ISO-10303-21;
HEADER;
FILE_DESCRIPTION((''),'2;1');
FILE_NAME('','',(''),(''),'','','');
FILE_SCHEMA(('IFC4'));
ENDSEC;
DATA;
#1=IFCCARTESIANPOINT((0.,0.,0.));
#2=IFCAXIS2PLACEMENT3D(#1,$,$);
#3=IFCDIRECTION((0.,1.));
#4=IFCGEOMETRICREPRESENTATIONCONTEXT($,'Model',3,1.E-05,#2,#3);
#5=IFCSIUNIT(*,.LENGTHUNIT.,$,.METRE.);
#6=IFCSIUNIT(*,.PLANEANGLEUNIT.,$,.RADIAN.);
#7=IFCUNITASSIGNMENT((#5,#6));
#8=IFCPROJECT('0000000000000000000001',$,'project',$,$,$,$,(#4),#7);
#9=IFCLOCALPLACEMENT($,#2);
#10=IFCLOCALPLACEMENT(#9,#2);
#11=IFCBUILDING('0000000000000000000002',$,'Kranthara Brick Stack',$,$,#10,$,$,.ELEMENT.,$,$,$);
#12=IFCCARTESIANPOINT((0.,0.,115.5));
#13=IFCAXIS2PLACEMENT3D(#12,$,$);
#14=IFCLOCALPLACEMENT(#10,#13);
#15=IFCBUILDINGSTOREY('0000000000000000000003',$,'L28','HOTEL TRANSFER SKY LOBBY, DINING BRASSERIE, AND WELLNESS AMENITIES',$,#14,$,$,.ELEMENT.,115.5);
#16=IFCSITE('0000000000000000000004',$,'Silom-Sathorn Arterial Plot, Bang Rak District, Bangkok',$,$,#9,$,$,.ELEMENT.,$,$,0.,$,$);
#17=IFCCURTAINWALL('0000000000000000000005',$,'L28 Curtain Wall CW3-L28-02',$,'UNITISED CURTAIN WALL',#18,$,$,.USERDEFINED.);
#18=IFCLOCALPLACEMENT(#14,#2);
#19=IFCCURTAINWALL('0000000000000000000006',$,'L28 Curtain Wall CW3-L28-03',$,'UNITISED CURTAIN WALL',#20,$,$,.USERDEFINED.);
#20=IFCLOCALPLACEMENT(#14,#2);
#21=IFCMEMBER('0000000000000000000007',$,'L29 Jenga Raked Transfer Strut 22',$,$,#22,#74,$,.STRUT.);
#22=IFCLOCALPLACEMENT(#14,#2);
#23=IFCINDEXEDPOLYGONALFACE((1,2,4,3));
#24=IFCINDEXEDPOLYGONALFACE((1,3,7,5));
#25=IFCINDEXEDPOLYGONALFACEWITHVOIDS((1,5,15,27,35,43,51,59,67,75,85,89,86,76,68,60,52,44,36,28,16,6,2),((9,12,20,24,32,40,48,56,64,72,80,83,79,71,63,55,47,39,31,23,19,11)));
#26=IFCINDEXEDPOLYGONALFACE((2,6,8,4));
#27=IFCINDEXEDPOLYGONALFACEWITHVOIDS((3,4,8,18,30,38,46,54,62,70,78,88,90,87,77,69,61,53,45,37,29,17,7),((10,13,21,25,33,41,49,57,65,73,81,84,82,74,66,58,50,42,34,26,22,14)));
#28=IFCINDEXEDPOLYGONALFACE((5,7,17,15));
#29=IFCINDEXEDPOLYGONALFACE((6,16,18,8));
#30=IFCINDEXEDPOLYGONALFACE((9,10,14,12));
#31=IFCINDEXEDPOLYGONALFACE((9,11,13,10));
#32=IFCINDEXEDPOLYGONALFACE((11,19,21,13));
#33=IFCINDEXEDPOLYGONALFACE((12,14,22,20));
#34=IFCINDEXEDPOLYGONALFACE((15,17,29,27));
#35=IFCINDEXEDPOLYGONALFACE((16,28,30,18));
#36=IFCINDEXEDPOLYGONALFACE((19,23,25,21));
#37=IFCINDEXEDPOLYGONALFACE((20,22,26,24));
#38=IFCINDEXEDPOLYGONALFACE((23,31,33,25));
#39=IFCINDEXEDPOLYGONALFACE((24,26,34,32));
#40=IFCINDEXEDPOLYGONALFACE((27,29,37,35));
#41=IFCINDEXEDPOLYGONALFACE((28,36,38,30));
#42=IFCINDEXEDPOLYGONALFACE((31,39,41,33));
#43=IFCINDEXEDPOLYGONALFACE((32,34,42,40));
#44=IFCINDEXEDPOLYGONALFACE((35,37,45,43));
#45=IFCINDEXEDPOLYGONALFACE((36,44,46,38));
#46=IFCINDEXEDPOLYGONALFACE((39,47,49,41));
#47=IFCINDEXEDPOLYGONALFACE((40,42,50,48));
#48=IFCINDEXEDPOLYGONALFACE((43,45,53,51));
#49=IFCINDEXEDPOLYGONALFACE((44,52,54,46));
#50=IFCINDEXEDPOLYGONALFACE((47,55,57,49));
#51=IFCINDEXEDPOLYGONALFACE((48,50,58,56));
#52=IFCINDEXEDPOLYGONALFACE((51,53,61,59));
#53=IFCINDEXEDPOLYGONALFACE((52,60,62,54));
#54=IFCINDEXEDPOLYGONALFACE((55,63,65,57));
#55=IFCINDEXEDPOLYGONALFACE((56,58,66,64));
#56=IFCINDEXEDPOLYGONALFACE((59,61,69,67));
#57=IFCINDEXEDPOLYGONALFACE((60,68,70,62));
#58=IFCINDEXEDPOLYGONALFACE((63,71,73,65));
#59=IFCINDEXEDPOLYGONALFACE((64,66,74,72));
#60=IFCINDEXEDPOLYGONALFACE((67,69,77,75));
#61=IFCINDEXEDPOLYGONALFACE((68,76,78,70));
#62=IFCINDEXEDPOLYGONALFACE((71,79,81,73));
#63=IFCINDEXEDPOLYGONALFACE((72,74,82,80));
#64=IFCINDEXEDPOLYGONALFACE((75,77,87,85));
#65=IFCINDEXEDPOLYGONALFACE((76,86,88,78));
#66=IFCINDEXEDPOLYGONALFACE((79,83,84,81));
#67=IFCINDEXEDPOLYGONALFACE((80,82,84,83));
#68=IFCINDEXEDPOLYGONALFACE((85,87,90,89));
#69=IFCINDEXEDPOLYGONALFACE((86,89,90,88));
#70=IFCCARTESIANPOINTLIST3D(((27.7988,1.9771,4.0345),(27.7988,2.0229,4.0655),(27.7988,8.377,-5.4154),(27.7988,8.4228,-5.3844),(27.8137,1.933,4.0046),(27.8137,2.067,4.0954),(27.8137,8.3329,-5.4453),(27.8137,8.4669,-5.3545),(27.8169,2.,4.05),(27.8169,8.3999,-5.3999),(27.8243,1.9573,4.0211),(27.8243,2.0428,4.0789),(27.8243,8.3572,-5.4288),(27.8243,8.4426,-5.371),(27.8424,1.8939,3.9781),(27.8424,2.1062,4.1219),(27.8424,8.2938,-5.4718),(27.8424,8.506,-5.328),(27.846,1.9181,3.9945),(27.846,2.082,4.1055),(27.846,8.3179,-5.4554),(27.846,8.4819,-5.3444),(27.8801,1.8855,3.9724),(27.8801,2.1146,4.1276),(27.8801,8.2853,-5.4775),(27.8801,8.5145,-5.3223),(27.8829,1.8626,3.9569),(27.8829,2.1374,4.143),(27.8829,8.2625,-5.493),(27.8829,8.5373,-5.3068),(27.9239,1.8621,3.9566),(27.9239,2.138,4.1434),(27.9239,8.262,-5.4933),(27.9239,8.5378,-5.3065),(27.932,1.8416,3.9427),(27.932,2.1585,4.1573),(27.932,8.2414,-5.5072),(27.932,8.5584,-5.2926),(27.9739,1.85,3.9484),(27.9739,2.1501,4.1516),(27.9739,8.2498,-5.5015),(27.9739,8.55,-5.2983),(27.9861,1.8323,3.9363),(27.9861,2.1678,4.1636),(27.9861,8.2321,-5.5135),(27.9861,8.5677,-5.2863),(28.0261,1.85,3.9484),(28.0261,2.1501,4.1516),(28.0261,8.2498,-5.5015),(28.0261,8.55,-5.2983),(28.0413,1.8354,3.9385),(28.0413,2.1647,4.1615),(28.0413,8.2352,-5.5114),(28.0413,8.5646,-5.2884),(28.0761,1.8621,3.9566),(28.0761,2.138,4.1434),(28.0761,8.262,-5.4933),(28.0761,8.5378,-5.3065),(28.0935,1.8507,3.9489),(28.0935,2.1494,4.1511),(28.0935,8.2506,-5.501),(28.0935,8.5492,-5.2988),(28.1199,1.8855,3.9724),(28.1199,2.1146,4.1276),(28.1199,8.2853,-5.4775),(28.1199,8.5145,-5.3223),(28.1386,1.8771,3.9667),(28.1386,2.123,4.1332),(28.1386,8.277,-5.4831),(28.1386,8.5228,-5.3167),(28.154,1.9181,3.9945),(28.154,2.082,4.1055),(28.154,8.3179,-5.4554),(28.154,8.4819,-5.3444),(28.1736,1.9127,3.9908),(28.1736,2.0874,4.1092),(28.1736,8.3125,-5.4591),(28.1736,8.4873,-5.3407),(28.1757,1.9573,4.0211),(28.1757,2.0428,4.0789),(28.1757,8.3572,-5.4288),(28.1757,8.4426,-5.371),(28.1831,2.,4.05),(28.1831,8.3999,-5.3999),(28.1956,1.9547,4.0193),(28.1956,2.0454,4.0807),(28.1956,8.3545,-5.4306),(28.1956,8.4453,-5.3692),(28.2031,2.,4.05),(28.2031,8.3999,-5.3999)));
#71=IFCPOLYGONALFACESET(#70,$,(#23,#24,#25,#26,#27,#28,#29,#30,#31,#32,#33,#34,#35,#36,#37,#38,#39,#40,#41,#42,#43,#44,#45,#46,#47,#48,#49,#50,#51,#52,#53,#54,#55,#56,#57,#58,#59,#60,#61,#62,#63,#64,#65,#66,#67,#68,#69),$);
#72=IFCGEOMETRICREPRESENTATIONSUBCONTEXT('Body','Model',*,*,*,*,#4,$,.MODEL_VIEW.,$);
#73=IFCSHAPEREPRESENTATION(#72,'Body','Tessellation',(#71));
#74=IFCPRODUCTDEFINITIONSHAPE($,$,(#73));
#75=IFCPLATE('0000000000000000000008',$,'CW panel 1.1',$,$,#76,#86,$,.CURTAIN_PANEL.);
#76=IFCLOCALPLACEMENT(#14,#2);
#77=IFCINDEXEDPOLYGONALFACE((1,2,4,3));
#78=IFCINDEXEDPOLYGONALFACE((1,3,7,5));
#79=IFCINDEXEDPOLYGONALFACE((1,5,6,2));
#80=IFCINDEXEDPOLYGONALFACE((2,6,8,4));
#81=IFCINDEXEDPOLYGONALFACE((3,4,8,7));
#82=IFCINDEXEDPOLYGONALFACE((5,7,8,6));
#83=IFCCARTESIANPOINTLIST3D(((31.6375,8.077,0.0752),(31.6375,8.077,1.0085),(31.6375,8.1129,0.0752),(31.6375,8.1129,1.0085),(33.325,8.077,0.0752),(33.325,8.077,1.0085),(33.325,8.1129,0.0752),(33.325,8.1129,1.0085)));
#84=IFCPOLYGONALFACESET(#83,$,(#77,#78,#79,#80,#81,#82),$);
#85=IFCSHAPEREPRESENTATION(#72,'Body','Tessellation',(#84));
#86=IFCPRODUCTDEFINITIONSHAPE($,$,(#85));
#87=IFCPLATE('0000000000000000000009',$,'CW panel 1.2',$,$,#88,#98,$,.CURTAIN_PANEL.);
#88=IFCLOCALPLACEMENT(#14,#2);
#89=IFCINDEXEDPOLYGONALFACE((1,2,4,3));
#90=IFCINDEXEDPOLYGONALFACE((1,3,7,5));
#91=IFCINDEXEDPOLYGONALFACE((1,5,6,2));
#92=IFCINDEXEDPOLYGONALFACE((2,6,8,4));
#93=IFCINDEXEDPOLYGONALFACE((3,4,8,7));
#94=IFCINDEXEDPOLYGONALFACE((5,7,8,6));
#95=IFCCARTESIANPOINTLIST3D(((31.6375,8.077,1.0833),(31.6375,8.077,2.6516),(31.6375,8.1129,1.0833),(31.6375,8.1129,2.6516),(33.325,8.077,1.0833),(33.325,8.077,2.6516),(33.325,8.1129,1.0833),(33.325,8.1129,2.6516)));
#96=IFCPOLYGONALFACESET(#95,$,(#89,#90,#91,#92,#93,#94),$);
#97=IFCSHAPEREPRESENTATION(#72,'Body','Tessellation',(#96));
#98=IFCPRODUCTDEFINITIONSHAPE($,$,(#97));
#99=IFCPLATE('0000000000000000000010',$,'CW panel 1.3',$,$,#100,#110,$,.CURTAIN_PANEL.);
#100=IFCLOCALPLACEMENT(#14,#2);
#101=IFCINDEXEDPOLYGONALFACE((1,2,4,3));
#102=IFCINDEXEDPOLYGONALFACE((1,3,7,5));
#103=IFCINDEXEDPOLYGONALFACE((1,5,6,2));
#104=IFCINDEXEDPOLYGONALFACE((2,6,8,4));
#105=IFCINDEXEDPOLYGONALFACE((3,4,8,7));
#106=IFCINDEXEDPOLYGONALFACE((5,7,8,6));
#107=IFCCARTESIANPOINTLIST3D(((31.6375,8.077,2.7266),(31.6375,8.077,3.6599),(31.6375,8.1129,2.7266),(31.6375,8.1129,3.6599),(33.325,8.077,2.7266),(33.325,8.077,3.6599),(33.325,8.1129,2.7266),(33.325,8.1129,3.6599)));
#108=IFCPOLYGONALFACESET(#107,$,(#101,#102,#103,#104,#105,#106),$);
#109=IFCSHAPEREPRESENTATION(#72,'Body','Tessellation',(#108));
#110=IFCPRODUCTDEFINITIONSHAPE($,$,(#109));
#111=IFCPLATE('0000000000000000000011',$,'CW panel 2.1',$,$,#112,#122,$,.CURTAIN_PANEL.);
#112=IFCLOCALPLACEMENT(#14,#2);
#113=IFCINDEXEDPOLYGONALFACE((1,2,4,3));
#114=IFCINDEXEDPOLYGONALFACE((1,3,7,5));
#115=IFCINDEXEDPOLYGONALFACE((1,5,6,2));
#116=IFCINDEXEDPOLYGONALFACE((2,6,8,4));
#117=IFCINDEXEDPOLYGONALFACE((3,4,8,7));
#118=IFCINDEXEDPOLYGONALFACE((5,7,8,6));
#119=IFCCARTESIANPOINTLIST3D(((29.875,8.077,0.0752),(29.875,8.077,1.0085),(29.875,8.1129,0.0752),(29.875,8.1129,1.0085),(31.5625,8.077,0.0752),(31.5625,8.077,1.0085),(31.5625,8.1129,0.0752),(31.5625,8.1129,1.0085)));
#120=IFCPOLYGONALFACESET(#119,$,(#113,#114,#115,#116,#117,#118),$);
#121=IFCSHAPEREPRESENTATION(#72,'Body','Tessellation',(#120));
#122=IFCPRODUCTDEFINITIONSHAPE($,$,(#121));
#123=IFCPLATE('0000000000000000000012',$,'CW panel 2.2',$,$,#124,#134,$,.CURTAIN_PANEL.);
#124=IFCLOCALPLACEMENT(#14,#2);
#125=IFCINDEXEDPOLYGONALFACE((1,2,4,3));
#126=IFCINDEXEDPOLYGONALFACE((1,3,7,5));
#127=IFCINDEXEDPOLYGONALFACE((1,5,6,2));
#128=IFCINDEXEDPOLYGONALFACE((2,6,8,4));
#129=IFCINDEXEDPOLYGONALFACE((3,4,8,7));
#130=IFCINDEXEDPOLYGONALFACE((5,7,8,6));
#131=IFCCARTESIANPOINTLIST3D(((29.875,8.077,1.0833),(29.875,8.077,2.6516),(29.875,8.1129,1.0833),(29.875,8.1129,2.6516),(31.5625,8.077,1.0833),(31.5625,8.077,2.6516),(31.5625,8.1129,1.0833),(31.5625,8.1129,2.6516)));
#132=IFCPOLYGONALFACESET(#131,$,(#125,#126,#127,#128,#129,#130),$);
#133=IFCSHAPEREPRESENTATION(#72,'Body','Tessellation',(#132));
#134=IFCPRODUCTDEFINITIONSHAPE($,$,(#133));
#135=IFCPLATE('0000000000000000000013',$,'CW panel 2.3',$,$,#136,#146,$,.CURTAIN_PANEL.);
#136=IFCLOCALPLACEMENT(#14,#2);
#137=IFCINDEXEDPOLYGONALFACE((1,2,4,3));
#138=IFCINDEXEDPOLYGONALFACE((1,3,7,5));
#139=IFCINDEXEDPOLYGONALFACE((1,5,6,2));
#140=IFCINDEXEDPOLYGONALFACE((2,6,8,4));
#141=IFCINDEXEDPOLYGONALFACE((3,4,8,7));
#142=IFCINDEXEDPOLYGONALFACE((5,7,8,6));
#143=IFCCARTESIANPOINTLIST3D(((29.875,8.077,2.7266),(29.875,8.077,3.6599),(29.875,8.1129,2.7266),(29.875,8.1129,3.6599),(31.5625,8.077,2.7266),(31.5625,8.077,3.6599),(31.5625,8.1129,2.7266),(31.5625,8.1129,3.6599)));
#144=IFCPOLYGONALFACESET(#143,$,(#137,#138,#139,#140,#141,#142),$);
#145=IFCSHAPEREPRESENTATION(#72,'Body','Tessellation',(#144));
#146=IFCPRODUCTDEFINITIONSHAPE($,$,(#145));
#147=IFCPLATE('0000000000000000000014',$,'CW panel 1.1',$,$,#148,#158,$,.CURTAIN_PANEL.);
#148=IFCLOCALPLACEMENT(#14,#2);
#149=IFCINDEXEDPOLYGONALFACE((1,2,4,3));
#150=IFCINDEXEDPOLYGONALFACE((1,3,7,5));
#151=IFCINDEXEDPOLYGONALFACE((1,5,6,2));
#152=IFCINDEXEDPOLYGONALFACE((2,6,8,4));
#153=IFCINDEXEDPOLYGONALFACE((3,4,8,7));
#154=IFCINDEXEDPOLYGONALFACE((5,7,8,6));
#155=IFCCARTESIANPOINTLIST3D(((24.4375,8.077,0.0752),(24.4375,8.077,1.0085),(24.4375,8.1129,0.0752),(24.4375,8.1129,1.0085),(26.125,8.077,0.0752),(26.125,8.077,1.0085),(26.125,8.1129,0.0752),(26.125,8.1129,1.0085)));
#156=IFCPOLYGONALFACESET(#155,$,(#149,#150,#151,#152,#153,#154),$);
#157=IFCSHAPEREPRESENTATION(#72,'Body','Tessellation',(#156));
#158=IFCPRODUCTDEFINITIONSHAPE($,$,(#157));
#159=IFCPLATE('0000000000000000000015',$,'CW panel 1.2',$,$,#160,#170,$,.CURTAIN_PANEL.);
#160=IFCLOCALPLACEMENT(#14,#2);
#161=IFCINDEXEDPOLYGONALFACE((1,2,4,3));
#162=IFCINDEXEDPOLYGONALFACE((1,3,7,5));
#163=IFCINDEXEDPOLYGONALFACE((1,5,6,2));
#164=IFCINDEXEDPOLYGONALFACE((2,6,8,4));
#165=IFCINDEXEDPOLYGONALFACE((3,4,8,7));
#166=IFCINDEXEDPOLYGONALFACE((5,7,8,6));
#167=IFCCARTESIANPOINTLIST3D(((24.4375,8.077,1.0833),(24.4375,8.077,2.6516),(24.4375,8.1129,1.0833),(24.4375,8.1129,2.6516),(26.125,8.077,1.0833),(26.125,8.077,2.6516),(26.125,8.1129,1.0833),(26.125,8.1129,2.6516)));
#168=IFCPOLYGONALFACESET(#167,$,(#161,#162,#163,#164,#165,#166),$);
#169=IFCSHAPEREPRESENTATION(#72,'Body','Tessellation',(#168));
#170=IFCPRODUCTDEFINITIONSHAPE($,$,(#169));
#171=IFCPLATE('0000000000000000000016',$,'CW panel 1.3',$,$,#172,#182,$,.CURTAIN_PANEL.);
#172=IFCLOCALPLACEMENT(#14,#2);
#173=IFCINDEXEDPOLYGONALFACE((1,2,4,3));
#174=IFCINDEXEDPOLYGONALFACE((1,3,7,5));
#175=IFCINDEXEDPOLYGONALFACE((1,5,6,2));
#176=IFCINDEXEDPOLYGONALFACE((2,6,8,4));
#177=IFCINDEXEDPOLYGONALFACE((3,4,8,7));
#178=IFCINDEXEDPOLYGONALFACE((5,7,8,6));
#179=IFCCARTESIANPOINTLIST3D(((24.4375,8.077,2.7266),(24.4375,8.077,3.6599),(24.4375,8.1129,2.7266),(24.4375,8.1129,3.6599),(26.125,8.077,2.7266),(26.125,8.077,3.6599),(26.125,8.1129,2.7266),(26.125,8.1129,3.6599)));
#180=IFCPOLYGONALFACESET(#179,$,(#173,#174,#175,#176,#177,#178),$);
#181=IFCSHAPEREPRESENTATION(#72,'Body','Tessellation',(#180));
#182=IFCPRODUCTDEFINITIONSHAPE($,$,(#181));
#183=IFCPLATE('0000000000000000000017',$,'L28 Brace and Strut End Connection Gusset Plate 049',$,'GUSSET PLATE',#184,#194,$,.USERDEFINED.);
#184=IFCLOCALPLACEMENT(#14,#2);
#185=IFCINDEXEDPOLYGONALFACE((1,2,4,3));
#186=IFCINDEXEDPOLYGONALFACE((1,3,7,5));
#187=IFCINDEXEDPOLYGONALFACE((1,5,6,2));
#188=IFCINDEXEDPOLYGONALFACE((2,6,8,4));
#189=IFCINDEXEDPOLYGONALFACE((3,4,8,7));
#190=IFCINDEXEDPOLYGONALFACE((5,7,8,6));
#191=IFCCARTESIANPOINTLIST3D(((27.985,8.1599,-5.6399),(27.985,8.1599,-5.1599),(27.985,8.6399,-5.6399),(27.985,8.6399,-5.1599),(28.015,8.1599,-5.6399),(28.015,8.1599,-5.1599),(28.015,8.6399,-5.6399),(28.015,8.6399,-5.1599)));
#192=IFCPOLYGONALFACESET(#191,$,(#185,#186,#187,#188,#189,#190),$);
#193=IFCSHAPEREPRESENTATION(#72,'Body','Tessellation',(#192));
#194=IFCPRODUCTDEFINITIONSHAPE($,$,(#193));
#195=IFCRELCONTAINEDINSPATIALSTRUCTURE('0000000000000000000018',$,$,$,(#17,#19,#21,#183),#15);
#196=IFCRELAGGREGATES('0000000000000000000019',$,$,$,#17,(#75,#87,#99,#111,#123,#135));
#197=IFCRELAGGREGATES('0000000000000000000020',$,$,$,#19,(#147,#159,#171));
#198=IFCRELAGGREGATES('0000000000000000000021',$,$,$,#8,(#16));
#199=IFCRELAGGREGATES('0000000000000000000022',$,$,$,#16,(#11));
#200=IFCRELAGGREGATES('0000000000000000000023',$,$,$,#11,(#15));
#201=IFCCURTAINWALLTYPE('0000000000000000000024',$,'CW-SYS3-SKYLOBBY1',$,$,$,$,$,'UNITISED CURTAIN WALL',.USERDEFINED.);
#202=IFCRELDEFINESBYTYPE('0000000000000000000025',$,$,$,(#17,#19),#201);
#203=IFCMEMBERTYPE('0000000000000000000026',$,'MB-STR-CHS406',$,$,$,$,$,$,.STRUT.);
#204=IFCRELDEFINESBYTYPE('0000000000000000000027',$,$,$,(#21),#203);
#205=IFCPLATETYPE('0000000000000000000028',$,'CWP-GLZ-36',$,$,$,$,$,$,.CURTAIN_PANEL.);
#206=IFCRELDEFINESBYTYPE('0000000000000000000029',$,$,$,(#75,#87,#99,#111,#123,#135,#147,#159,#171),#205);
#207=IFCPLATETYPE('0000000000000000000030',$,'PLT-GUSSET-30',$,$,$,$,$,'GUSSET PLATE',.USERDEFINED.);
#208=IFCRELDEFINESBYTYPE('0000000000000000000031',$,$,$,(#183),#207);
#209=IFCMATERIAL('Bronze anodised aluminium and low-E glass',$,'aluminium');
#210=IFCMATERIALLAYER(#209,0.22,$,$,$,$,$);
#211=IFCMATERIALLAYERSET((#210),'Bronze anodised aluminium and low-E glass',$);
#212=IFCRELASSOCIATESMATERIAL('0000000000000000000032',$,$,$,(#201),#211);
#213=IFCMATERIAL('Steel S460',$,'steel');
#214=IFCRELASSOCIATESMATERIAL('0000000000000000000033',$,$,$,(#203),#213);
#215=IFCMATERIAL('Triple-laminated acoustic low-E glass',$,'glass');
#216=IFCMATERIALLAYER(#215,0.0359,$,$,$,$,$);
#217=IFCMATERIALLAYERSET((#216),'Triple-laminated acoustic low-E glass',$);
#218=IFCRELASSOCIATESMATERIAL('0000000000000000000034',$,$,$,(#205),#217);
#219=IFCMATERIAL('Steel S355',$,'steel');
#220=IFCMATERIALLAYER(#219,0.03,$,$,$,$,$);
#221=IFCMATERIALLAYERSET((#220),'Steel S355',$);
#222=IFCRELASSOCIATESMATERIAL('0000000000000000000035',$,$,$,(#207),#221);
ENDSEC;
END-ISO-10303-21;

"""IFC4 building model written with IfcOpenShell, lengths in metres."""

from ifc_helpers import new_model, si_unit, direction, frame, origin, origin_2d, place, context, subcontext, project, spatial, rectangle, hollow_circle, extrude, material, layer, layer_set, material_profile, profile_set, type_object, element, aggregate, save


model = new_model("IFC4")

# Units and contexts
model_context = context("Model", 3, precision=1e-05, world=origin(), true_north=direction((0.0, 1.0)))
body_context = subcontext(model_context, "Body", "Model", "MODEL_VIEW")
ifc_project = project(units=[si_unit("LENGTHUNIT", "METRE"), si_unit("PLANEANGLEUNIT", "RADIAN")], contexts=[model_context])

# Site, building, storey
site_placement = place(None, origin())
site = spatial("IfcSite", under=ifc_project, at=site_placement, Name="Silom-Sathorn Arterial Plot, Bang Rak District, Bangkok", CompositionType="ELEMENT", RefElevation=0.0)
building_placement = place(site_placement, origin())
building = spatial("IfcBuilding", under=site, at=building_placement, Name="Kranthara Brick Stack", CompositionType="ELEMENT")
storey_placement = place(building_placement, frame((0.0, 0.0, 115.5)))
storey = spatial("IfcBuildingStorey", under=building, at=storey_placement, Name="L28", Description="HOTEL TRANSFER SKY LOBBY, DINING BRASSERIE, AND WELLNESS AMENITIES", CompositionType="ELEMENT", Elevation=115.5)

# Curtain walls
ifc_material_1 = material(Name="Bronze anodised aluminium and low-E glass", Category="aluminium")
ifc_layer_1 = layer(ifc_material_1, 0.22)
ifc_layer_set_1 = layer_set([ifc_layer_1], Name="Bronze anodised aluminium and low-E glass")
curtain_wall_type = type_object("IfcCurtainWallType", Name="CW-SYS3-SKYLOBBY1", ElementType="UNITISED CURTAIN WALL", PredefinedType="USERDEFINED", material=ifc_layer_set_1)
curtain_wall_1_placement = place(storey_placement, origin())
curtain_wall_1 = element("IfcCurtainWall", 1, at=curtain_wall_1_placement, inside=storey, type_object=curtain_wall_type, Name="L28 Curtain Wall CW3-L28-02", ObjectType="UNITISED CURTAIN WALL", PredefinedType="USERDEFINED")
curtain_wall_2_placement = place(storey_placement, origin())
curtain_wall_2 = element("IfcCurtainWall", 2, at=curtain_wall_2_placement, inside=storey, type_object=curtain_wall_type, Name="L28 Curtain Wall CW3-L28-03", ObjectType="UNITISED CURTAIN WALL", PredefinedType="USERDEFINED")

# Member
ifc_material_2 = material(Name="Steel S460", Category="steel")
ifc_material_profile_1 = material_profile(ifc_material_2, hollow_circle(Radius=0.2031, WallThickness=0.02, at=origin_2d()), Name="CHS 406.4x20")
ifc_profile_set_1 = profile_set([ifc_material_profile_1], Name="Steel S460")
member_type_1 = type_object("IfcMemberType", Name="MB-STR-CHS406", PredefinedType="STRUT", material=ifc_profile_set_1)
member_1_placement = place(storey_placement, frame((28.0, 8.3999, -5.3999), z_axis=(0.0, -0.560747, 0.827987), x_axis=(1.0, 0.0, 0.0)))
element("IfcMember", 3, at=member_1_placement, inside=storey, type_object=member_type_1, Name="L29 Jenga Raked Transfer Strut 22", PredefinedType="STRUT", context=body_context, shape_type="SweptSolid", body=[
    extrude(hollow_circle(Radius=0.2031, WallThickness=0.02, at=origin_2d()), origin(), (0.0, 0.0, 1.0), 11.4131),
])

# Plates
ifc_material_3 = material(Name="Triple-laminated acoustic low-E glass", Category="glass")
ifc_layer_2 = layer(ifc_material_3, 0.0359)
ifc_layer_set_2 = layer_set([ifc_layer_2], Name="Triple-laminated acoustic low-E glass")
plate_type_1 = type_object("IfcPlateType", Name="CWP-GLZ-36", PredefinedType="CURTAIN_PANEL", material=ifc_layer_set_2)
plate_1_placement = place(storey_placement, frame((32.4812, 8.095, 0.0752), z_axis=(0.0, 0.0, 1.0), x_axis=(-1.0, 0.0, 0.0)))
plate_1 = element("IfcPlate", 4, at=plate_1_placement, type_object=plate_type_1, Name="CW panel 1.1", PredefinedType="CURTAIN_PANEL", context=body_context, shape_type="SweptSolid", body=[
    extrude(rectangle(XDim=1.6875, YDim=0.0359, at=origin_2d()), origin(), (0.0, 0.0, 1.0), 0.9333),
])
plate_2_placement = place(storey_placement, frame((32.4812, 8.095, 1.0833), z_axis=(0.0, 0.0, 1.0), x_axis=(-1.0, 0.0, 0.0)))
plate_2 = element("IfcPlate", 5, at=plate_2_placement, type_object=plate_type_1, Name="CW panel 1.2", PredefinedType="CURTAIN_PANEL", context=body_context, shape_type="SweptSolid", body=[
    extrude(rectangle(XDim=1.6875, YDim=0.0359, at=origin_2d()), origin(), (0.0, 0.0, 1.0), 1.5684),
])
plate_3_placement = place(storey_placement, frame((32.4812, 8.095, 2.7266), z_axis=(0.0, 0.0, 1.0), x_axis=(-1.0, 0.0, 0.0)))
plate_3 = element("IfcPlate", 6, at=plate_3_placement, type_object=plate_type_1, Name="CW panel 1.3", PredefinedType="CURTAIN_PANEL", context=body_context, shape_type="SweptSolid", body=[
    extrude(rectangle(XDim=1.6875, YDim=0.0359, at=origin_2d()), origin(), (0.0, 0.0, 1.0), 0.9333),
])
plate_4_placement = place(storey_placement, frame((30.7188, 8.095, 0.0752), z_axis=(0.0, 0.0, 1.0), x_axis=(-1.0, 0.0, 0.0)))
plate_4 = element("IfcPlate", 7, at=plate_4_placement, type_object=plate_type_1, Name="CW panel 2.1", PredefinedType="CURTAIN_PANEL", context=body_context, shape_type="SweptSolid", body=[
    extrude(rectangle(XDim=1.6875, YDim=0.0359, at=origin_2d()), origin(), (0.0, 0.0, 1.0), 0.9333),
])
plate_5_placement = place(storey_placement, frame((30.7188, 8.095, 1.0833), z_axis=(0.0, 0.0, 1.0), x_axis=(-1.0, 0.0, 0.0)))
plate_5 = element("IfcPlate", 8, at=plate_5_placement, type_object=plate_type_1, Name="CW panel 2.2", PredefinedType="CURTAIN_PANEL", context=body_context, shape_type="SweptSolid", body=[
    extrude(rectangle(XDim=1.6875, YDim=0.0359, at=origin_2d()), origin(), (0.0, 0.0, 1.0), 1.5684),
])
plate_6_placement = place(storey_placement, frame((30.7188, 8.095, 2.7266), z_axis=(0.0, 0.0, 1.0), x_axis=(-1.0, 0.0, 0.0)))
plate_6 = element("IfcPlate", 9, at=plate_6_placement, type_object=plate_type_1, Name="CW panel 2.3", PredefinedType="CURTAIN_PANEL", context=body_context, shape_type="SweptSolid", body=[
    extrude(rectangle(XDim=1.6875, YDim=0.0359, at=origin_2d()), origin(), (0.0, 0.0, 1.0), 0.9333),
])
aggregate(curtain_wall_1, [plate_1, plate_2, plate_3, plate_4, plate_5, plate_6])
plate_7_placement = place(storey_placement, frame((25.2812, 8.095, 0.0752), z_axis=(0.0, 0.0, 1.0), x_axis=(-1.0, 0.0, 0.0)))
plate_7 = element("IfcPlate", 10, at=plate_7_placement, type_object=plate_type_1, Name="CW panel 1.1", PredefinedType="CURTAIN_PANEL", context=body_context, shape_type="SweptSolid", body=[
    extrude(rectangle(XDim=1.6875, YDim=0.0359, at=origin_2d()), origin(), (0.0, 0.0, 1.0), 0.9333),
])
plate_8_placement = place(storey_placement, frame((25.2812, 8.095, 1.0833), z_axis=(0.0, 0.0, 1.0), x_axis=(-1.0, 0.0, 0.0)))
plate_8 = element("IfcPlate", 11, at=plate_8_placement, type_object=plate_type_1, Name="CW panel 1.2", PredefinedType="CURTAIN_PANEL", context=body_context, shape_type="SweptSolid", body=[
    extrude(rectangle(XDim=1.6875, YDim=0.0359, at=origin_2d()), origin(), (0.0, 0.0, 1.0), 1.5684),
])
plate_9_placement = place(storey_placement, frame((25.2812, 8.095, 2.7266), z_axis=(0.0, 0.0, 1.0), x_axis=(-1.0, 0.0, 0.0)))
plate_9 = element("IfcPlate", 12, at=plate_9_placement, type_object=plate_type_1, Name="CW panel 1.3", PredefinedType="CURTAIN_PANEL", context=body_context, shape_type="SweptSolid", body=[
    extrude(rectangle(XDim=1.6875, YDim=0.0359, at=origin_2d()), origin(), (0.0, 0.0, 1.0), 0.9333),
])
aggregate(curtain_wall_2, [plate_7, plate_8, plate_9])

# Plate
ifc_material_4 = material(Name="Steel S355", Category="steel")
ifc_layer_3 = layer(ifc_material_4, 0.03)
ifc_layer_set_3 = layer_set([ifc_layer_3], Name="Steel S355")
plate_type_2 = type_object("IfcPlateType", Name="PLT-GUSSET-30", ElementType="GUSSET PLATE", PredefinedType="USERDEFINED", material=ifc_layer_set_3)
for number, where, z_axis, x_axis, name in (
    (13, (28.0, 8.3999, -5.6399), (0.0, 0.0, 1.0), (0.0, 1.0, 0.0), "L28 Brace and Strut End Connection Gusset Plate 049"),
):
    element("IfcPlate", number, at=place(storey_placement, frame(where, z_axis=z_axis, x_axis=x_axis)), inside=storey, type_object=plate_type_2, Name=name, ObjectType="GUSSET PLATE", PredefinedType="USERDEFINED", context=body_context, shape_type="SweptSolid", body=[
        extrude(rectangle(XDim=0.48, YDim=0.03, at=origin_2d()), origin(), (0.0, 0.0, 1.0), 0.48),
    ])

save(model, "model.ifc")
